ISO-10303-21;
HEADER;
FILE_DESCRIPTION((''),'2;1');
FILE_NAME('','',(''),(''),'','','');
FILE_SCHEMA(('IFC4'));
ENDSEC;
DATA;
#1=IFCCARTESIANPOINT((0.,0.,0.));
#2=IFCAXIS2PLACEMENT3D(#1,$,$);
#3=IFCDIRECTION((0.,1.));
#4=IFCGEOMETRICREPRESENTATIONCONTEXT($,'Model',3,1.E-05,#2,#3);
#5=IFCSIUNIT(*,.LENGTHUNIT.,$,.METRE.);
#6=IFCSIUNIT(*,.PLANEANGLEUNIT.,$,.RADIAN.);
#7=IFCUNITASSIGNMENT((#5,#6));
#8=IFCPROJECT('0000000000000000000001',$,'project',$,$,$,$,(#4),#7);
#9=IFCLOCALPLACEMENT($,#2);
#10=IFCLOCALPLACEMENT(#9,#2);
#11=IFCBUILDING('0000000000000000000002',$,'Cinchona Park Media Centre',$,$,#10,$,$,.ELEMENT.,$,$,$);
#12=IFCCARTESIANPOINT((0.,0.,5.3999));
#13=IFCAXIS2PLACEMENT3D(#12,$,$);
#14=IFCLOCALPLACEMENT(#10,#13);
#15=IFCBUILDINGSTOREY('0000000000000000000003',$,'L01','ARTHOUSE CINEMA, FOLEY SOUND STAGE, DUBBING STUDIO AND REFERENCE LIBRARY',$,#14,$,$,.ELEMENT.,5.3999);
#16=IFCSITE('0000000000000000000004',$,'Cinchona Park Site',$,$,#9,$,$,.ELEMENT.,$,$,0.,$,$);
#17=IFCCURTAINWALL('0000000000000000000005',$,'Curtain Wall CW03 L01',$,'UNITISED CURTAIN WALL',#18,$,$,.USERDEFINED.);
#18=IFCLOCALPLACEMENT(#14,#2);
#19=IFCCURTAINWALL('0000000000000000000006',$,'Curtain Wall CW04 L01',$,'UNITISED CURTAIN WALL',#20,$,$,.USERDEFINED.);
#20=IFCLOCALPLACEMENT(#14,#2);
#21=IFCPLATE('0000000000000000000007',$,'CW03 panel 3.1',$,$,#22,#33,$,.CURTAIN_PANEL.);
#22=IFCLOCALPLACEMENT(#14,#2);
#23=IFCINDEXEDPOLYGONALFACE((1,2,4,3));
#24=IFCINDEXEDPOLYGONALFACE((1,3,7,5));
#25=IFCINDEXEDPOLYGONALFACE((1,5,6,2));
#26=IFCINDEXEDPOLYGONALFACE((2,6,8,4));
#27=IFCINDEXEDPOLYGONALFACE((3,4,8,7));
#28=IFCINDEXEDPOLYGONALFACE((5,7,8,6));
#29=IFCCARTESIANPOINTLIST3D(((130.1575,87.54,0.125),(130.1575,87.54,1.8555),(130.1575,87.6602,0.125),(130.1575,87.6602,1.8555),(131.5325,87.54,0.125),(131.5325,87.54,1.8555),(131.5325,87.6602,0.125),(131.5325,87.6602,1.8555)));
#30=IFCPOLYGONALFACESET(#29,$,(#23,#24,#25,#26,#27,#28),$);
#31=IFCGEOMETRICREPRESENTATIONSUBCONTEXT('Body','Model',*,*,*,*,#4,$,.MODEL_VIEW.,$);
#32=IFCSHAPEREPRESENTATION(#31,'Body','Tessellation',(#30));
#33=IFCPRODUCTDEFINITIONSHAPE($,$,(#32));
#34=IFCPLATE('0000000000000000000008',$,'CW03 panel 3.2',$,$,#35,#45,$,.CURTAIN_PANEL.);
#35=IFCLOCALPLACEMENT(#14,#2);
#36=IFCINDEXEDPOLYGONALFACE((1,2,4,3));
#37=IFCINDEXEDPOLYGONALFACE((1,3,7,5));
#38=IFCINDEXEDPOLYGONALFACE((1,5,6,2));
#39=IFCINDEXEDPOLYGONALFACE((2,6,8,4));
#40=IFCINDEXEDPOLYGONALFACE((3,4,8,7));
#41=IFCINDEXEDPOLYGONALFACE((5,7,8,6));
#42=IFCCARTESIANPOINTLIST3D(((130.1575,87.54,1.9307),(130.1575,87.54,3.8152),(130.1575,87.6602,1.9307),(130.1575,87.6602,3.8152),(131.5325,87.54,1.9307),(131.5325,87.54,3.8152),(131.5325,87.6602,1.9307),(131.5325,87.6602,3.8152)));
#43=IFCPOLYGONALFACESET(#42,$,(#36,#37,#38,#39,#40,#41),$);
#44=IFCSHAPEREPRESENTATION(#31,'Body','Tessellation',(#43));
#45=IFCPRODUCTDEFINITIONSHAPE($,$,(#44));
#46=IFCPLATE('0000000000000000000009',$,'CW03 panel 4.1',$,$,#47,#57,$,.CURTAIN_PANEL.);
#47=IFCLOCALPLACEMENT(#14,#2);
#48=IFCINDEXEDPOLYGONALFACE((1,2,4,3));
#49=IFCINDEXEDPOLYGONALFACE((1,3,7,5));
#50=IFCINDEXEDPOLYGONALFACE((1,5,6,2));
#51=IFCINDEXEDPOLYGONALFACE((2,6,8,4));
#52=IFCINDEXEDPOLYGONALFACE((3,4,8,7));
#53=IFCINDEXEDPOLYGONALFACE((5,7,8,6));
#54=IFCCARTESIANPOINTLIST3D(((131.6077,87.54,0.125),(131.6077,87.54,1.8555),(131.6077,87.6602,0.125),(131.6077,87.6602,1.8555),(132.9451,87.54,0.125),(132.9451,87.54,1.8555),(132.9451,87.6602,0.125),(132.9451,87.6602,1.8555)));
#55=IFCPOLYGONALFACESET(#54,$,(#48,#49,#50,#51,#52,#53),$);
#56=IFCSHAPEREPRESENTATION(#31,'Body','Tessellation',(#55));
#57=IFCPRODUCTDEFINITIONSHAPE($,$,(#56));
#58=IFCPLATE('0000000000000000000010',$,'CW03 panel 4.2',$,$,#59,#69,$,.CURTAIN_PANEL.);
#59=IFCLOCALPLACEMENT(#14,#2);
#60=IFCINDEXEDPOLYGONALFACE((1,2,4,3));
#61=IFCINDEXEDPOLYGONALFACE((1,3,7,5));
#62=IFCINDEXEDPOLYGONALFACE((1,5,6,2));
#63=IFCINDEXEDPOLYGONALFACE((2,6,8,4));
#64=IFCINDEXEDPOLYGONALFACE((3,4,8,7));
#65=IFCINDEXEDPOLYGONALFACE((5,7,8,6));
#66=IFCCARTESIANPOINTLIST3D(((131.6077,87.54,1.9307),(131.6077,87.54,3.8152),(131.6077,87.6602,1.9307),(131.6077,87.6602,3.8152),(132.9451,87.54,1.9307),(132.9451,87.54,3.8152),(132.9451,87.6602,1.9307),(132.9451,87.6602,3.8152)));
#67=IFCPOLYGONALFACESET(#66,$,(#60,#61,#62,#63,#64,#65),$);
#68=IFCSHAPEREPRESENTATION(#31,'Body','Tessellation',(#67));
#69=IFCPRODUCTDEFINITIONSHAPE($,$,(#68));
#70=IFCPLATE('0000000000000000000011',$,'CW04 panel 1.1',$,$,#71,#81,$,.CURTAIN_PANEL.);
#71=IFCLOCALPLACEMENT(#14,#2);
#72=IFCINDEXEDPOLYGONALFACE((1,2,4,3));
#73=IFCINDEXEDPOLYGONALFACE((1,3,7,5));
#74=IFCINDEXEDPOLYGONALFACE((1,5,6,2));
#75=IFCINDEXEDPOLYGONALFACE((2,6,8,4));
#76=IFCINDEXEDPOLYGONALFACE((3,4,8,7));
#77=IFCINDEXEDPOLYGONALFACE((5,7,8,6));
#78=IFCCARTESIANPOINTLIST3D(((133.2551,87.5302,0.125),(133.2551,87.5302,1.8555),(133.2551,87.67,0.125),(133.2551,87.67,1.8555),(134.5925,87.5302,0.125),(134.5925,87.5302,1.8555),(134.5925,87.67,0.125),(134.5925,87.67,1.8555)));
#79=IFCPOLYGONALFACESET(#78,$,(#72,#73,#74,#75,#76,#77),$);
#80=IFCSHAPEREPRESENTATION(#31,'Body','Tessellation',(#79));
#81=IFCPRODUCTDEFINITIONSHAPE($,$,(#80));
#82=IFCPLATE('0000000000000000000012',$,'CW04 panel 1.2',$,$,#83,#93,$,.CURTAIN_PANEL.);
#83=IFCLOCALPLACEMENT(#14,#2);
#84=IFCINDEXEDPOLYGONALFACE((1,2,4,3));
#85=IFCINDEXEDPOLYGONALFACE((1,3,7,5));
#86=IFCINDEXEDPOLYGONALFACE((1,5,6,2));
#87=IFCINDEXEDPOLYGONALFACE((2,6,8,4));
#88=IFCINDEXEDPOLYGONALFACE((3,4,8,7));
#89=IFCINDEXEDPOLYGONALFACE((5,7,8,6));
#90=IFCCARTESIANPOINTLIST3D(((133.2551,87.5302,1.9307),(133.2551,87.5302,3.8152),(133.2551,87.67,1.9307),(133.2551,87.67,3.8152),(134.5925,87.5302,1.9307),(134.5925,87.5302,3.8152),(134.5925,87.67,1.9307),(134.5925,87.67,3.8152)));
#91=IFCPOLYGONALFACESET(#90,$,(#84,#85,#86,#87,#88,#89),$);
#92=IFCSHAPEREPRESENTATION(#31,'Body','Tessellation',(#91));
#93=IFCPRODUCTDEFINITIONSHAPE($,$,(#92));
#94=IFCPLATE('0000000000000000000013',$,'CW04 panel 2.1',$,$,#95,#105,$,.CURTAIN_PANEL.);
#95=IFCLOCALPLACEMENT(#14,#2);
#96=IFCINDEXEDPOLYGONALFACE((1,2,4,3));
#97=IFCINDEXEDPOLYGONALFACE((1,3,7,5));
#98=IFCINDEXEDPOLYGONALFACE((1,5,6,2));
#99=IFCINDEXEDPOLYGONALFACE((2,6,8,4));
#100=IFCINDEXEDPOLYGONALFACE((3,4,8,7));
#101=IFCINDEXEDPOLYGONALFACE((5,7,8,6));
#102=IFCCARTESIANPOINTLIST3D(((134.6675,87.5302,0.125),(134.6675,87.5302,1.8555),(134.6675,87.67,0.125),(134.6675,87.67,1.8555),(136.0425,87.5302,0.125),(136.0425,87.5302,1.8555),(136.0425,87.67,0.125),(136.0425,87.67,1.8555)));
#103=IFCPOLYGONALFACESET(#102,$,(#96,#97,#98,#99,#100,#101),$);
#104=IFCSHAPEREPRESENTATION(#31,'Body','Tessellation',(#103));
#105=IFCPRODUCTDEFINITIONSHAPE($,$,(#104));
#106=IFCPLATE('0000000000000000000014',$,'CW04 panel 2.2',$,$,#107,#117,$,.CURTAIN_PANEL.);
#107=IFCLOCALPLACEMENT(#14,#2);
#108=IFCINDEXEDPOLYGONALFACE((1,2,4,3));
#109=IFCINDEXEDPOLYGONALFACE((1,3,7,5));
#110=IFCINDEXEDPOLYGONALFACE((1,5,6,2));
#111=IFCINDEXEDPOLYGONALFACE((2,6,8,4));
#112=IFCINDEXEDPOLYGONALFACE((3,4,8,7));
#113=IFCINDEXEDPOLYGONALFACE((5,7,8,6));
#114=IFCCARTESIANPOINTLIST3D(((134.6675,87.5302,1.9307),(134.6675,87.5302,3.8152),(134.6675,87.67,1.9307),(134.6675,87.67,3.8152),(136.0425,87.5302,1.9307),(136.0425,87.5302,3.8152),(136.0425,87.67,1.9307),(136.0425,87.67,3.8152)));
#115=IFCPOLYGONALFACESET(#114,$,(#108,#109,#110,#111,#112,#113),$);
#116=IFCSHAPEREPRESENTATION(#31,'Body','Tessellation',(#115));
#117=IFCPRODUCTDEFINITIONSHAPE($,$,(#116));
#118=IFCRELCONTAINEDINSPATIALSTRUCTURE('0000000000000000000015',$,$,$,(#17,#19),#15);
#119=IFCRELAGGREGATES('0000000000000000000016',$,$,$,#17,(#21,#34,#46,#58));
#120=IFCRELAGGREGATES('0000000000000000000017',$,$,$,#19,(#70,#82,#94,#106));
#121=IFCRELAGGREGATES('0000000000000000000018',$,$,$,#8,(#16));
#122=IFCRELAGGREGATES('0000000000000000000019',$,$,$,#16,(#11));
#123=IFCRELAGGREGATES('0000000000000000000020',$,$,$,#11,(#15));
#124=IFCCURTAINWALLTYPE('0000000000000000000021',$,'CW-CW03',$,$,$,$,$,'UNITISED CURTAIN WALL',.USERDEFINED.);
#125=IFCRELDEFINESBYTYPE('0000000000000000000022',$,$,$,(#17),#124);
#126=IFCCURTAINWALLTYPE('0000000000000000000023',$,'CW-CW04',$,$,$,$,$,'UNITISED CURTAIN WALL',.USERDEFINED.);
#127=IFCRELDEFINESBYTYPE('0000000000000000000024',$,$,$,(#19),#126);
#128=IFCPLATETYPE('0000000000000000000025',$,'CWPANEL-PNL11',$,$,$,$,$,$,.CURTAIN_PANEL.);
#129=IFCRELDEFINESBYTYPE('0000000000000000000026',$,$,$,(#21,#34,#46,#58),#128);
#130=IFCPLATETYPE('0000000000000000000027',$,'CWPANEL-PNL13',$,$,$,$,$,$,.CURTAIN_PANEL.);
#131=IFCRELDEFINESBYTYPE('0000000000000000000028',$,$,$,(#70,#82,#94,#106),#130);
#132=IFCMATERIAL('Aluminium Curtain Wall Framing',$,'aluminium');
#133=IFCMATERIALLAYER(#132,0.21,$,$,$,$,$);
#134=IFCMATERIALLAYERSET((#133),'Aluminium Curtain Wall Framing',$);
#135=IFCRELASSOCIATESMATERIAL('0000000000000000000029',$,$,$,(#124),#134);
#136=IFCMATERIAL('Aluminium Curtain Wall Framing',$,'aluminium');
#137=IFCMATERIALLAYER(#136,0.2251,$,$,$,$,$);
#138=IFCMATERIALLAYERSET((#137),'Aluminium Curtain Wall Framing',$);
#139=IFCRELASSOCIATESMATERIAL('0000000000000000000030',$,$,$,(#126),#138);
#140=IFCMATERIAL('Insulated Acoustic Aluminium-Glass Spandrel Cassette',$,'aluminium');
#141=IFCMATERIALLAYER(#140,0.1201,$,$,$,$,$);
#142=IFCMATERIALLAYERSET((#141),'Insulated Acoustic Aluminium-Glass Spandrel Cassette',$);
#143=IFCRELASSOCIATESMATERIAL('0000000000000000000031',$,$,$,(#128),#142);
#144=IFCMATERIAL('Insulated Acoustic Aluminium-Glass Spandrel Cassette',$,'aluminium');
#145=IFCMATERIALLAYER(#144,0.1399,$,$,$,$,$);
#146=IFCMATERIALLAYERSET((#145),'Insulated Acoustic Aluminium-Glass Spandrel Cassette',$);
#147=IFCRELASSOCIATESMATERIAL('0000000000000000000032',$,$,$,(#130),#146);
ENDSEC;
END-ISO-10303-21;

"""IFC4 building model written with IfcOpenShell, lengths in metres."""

from ifc_helpers import new_model, si_unit, direction, frame, origin, origin_2d, place, context, subcontext, project, spatial, rectangle, extrude, material, layer, layer_set, type_object, element, aggregate, save


model = new_model("IFC4")

# Units and contexts
model_context = context("Model", 3, precision=1e-05, world=origin(), true_north=direction((0.0, 1.0)))
body_context = subcontext(model_context, "Body", "Model", "MODEL_VIEW")
ifc_project = project(units=[si_unit("LENGTHUNIT", "METRE"), si_unit("PLANEANGLEUNIT", "RADIAN")], contexts=[model_context])

# Site, building, storey
site_placement = place(None, origin())
site = spatial("IfcSite", under=ifc_project, at=site_placement, Name="Cinchona Park Site", CompositionType="ELEMENT", RefElevation=0.0)
building_placement = place(site_placement, origin())
building = spatial("IfcBuilding", under=site, at=building_placement, Name="Cinchona Park Media Centre", CompositionType="ELEMENT")
storey_placement = place(building_placement, frame((0.0, 0.0, 5.3999)))
storey = spatial("IfcBuildingStorey", under=building, at=storey_placement, Name="L01", Description="ARTHOUSE CINEMA, FOLEY SOUND STAGE, DUBBING STUDIO AND REFERENCE LIBRARY", CompositionType="ELEMENT", Elevation=5.3999)

# Curtain walls
ifc_material_1 = material(Name="Aluminium Curtain Wall Framing", Category="aluminium")
ifc_layer_1 = layer(ifc_material_1, 0.21)
ifc_layer_set_1 = layer_set([ifc_layer_1], Name="Aluminium Curtain Wall Framing")
curtain_wall_type_1 = type_object("IfcCurtainWallType", Name="CW-CW03", ElementType="UNITISED CURTAIN WALL", PredefinedType="USERDEFINED", material=ifc_layer_set_1)
curtain_wall_1_placement = place(storey_placement, origin())
curtain_wall_1 = element("IfcCurtainWall", 1, at=curtain_wall_1_placement, inside=storey, type_object=curtain_wall_type_1, Name="Curtain Wall CW03 L01", ObjectType="UNITISED CURTAIN WALL", PredefinedType="USERDEFINED")
ifc_material_2 = material(Name="Aluminium Curtain Wall Framing", Category="aluminium")
ifc_layer_2 = layer(ifc_material_2, 0.2251)
ifc_layer_set_2 = layer_set([ifc_layer_2], Name="Aluminium Curtain Wall Framing")
curtain_wall_type_2 = type_object("IfcCurtainWallType", Name="CW-CW04", ElementType="UNITISED CURTAIN WALL", PredefinedType="USERDEFINED", material=ifc_layer_set_2)
curtain_wall_2_placement = place(storey_placement, origin())
curtain_wall_2 = element("IfcCurtainWall", 2, at=curtain_wall_2_placement, inside=storey, type_object=curtain_wall_type_2, Name="Curtain Wall CW04 L01", ObjectType="UNITISED CURTAIN WALL", PredefinedType="USERDEFINED")

# Plates
ifc_material_3 = material(Name="Insulated Acoustic Aluminium-Glass Spandrel Cassette", Category="aluminium")
ifc_layer_3 = layer(ifc_material_3, 0.1201)
ifc_layer_set_3 = layer_set([ifc_layer_3], Name="Insulated Acoustic Aluminium-Glass Spandrel Cassette")
plate_type_1 = type_object("IfcPlateType", Name="CWPANEL-PNL11", PredefinedType="CURTAIN_PANEL", material=ifc_layer_set_3)
plate_1_placement = place(storey_placement, frame((130.845, 87.6001, 0.125), z_axis=(0.0, 0.0, 1.0), x_axis=(1.0, 0.0, 0.0)))
plate_1 = element("IfcPlate", 3, at=plate_1_placement, type_object=plate_type_1, Name="CW03 panel 3.1", PredefinedType="CURTAIN_PANEL", context=body_context, shape_type="SweptSolid", body=[
    extrude(rectangle(XDim=1.375, YDim=0.1201, at=origin_2d()), origin(), (0.0, 0.0, 1.0), 1.7305),
])
plate_2_placement = place(storey_placement, frame((130.845, 87.6001, 1.9307), z_axis=(0.0, 0.0, 1.0), x_axis=(1.0, 0.0, 0.0)))
plate_2 = element("IfcPlate", 4, at=plate_2_placement, type_object=plate_type_1, Name="CW03 panel 3.2", PredefinedType="CURTAIN_PANEL", context=body_context, shape_type="SweptSolid", body=[
    extrude(rectangle(XDim=1.375, YDim=0.1201, at=origin_2d()), origin(), (0.0, 0.0, 1.0), 1.8845),
])
plate_3_placement = place(storey_placement, frame((132.2764, 87.6001, 0.125), z_axis=(0.0, 0.0, 1.0), x_axis=(1.0, 0.0, 0.0)))
plate_3 = element("IfcPlate", 5, at=plate_3_placement, type_object=plate_type_1, Name="CW03 panel 4.1", PredefinedType="CURTAIN_PANEL", context=body_context, shape_type="SweptSolid", body=[
    extrude(rectangle(XDim=1.3374, YDim=0.1201, at=origin_2d()), origin(), (0.0, 0.0, 1.0), 1.7305),
])
plate_4_placement = place(storey_placement, frame((132.2764, 87.6001, 1.9307), z_axis=(0.0, 0.0, 1.0), x_axis=(1.0, 0.0, 0.0)))
plate_4 = element("IfcPlate", 6, at=plate_4_placement, type_object=plate_type_1, Name="CW03 panel 4.2", PredefinedType="CURTAIN_PANEL", context=body_context, shape_type="SweptSolid", body=[
    extrude(rectangle(XDim=1.3374, YDim=0.1201, at=origin_2d()), origin(), (0.0, 0.0, 1.0), 1.8845),
])
aggregate(curtain_wall_1, [plate_1, plate_2, plate_3, plate_4])
ifc_material_4 = material(Name="Insulated Acoustic Aluminium-Glass Spandrel Cassette", Category="aluminium")
ifc_layer_4 = layer(ifc_material_4, 0.1399)
ifc_layer_set_4 = layer_set([ifc_layer_4], Name="Insulated Acoustic Aluminium-Glass Spandrel Cassette")
plate_type_2 = type_object("IfcPlateType", Name="CWPANEL-PNL13", PredefinedType="CURTAIN_PANEL", material=ifc_layer_set_4)
plate_5_placement = place(storey_placement, frame((133.9238, 87.6001, 0.125), z_axis=(0.0, 0.0, 1.0), x_axis=(1.0, 0.0, 0.0)))
plate_5 = element("IfcPlate", 7, at=plate_5_placement, type_object=plate_type_2, Name="CW04 panel 1.1", PredefinedType="CURTAIN_PANEL", context=body_context, shape_type="SweptSolid", body=[
    extrude(rectangle(XDim=1.3374, YDim=0.1399, at=origin_2d()), origin(), (0.0, 0.0, 1.0), 1.7305),
])
plate_6_placement = place(storey_placement, frame((133.9238, 87.6001, 1.9307), z_axis=(0.0, 0.0, 1.0), x_axis=(1.0, 0.0, 0.0)))
plate_6 = element("IfcPlate", 8, at=plate_6_placement, type_object=plate_type_2, Name="CW04 panel 1.2", PredefinedType="CURTAIN_PANEL", context=body_context, shape_type="SweptSolid", body=[
    extrude(rectangle(XDim=1.3374, YDim=0.1399, at=origin_2d()), origin(), (0.0, 0.0, 1.0), 1.8845),
])
plate_7_placement = place(storey_placement, frame((135.355, 87.6001, 0.125), z_axis=(0.0, 0.0, 1.0), x_axis=(1.0, 0.0, 0.0)))
plate_7 = element("IfcPlate", 9, at=plate_7_placement, type_object=plate_type_2, Name="CW04 panel 2.1", PredefinedType="CURTAIN_PANEL", context=body_context, shape_type="SweptSolid", body=[
    extrude(rectangle(XDim=1.375, YDim=0.1399, at=origin_2d()), origin(), (0.0, 0.0, 1.0), 1.7305),
])
plate_8_placement = place(storey_placement, frame((135.355, 87.6001, 1.9307), z_axis=(0.0, 0.0, 1.0), x_axis=(1.0, 0.0, 0.0)))
plate_8 = element("IfcPlate", 10, at=plate_8_placement, type_object=plate_type_2, Name="CW04 panel 2.2", PredefinedType="CURTAIN_PANEL", context=body_context, shape_type="SweptSolid", body=[
    extrude(rectangle(XDim=1.375, YDim=0.1399, at=origin_2d()), origin(), (0.0, 0.0, 1.0), 1.8845),
])
aggregate(curtain_wall_2, [plate_5, plate_6, plate_7, plate_8])

save(model, "model.ifc")
